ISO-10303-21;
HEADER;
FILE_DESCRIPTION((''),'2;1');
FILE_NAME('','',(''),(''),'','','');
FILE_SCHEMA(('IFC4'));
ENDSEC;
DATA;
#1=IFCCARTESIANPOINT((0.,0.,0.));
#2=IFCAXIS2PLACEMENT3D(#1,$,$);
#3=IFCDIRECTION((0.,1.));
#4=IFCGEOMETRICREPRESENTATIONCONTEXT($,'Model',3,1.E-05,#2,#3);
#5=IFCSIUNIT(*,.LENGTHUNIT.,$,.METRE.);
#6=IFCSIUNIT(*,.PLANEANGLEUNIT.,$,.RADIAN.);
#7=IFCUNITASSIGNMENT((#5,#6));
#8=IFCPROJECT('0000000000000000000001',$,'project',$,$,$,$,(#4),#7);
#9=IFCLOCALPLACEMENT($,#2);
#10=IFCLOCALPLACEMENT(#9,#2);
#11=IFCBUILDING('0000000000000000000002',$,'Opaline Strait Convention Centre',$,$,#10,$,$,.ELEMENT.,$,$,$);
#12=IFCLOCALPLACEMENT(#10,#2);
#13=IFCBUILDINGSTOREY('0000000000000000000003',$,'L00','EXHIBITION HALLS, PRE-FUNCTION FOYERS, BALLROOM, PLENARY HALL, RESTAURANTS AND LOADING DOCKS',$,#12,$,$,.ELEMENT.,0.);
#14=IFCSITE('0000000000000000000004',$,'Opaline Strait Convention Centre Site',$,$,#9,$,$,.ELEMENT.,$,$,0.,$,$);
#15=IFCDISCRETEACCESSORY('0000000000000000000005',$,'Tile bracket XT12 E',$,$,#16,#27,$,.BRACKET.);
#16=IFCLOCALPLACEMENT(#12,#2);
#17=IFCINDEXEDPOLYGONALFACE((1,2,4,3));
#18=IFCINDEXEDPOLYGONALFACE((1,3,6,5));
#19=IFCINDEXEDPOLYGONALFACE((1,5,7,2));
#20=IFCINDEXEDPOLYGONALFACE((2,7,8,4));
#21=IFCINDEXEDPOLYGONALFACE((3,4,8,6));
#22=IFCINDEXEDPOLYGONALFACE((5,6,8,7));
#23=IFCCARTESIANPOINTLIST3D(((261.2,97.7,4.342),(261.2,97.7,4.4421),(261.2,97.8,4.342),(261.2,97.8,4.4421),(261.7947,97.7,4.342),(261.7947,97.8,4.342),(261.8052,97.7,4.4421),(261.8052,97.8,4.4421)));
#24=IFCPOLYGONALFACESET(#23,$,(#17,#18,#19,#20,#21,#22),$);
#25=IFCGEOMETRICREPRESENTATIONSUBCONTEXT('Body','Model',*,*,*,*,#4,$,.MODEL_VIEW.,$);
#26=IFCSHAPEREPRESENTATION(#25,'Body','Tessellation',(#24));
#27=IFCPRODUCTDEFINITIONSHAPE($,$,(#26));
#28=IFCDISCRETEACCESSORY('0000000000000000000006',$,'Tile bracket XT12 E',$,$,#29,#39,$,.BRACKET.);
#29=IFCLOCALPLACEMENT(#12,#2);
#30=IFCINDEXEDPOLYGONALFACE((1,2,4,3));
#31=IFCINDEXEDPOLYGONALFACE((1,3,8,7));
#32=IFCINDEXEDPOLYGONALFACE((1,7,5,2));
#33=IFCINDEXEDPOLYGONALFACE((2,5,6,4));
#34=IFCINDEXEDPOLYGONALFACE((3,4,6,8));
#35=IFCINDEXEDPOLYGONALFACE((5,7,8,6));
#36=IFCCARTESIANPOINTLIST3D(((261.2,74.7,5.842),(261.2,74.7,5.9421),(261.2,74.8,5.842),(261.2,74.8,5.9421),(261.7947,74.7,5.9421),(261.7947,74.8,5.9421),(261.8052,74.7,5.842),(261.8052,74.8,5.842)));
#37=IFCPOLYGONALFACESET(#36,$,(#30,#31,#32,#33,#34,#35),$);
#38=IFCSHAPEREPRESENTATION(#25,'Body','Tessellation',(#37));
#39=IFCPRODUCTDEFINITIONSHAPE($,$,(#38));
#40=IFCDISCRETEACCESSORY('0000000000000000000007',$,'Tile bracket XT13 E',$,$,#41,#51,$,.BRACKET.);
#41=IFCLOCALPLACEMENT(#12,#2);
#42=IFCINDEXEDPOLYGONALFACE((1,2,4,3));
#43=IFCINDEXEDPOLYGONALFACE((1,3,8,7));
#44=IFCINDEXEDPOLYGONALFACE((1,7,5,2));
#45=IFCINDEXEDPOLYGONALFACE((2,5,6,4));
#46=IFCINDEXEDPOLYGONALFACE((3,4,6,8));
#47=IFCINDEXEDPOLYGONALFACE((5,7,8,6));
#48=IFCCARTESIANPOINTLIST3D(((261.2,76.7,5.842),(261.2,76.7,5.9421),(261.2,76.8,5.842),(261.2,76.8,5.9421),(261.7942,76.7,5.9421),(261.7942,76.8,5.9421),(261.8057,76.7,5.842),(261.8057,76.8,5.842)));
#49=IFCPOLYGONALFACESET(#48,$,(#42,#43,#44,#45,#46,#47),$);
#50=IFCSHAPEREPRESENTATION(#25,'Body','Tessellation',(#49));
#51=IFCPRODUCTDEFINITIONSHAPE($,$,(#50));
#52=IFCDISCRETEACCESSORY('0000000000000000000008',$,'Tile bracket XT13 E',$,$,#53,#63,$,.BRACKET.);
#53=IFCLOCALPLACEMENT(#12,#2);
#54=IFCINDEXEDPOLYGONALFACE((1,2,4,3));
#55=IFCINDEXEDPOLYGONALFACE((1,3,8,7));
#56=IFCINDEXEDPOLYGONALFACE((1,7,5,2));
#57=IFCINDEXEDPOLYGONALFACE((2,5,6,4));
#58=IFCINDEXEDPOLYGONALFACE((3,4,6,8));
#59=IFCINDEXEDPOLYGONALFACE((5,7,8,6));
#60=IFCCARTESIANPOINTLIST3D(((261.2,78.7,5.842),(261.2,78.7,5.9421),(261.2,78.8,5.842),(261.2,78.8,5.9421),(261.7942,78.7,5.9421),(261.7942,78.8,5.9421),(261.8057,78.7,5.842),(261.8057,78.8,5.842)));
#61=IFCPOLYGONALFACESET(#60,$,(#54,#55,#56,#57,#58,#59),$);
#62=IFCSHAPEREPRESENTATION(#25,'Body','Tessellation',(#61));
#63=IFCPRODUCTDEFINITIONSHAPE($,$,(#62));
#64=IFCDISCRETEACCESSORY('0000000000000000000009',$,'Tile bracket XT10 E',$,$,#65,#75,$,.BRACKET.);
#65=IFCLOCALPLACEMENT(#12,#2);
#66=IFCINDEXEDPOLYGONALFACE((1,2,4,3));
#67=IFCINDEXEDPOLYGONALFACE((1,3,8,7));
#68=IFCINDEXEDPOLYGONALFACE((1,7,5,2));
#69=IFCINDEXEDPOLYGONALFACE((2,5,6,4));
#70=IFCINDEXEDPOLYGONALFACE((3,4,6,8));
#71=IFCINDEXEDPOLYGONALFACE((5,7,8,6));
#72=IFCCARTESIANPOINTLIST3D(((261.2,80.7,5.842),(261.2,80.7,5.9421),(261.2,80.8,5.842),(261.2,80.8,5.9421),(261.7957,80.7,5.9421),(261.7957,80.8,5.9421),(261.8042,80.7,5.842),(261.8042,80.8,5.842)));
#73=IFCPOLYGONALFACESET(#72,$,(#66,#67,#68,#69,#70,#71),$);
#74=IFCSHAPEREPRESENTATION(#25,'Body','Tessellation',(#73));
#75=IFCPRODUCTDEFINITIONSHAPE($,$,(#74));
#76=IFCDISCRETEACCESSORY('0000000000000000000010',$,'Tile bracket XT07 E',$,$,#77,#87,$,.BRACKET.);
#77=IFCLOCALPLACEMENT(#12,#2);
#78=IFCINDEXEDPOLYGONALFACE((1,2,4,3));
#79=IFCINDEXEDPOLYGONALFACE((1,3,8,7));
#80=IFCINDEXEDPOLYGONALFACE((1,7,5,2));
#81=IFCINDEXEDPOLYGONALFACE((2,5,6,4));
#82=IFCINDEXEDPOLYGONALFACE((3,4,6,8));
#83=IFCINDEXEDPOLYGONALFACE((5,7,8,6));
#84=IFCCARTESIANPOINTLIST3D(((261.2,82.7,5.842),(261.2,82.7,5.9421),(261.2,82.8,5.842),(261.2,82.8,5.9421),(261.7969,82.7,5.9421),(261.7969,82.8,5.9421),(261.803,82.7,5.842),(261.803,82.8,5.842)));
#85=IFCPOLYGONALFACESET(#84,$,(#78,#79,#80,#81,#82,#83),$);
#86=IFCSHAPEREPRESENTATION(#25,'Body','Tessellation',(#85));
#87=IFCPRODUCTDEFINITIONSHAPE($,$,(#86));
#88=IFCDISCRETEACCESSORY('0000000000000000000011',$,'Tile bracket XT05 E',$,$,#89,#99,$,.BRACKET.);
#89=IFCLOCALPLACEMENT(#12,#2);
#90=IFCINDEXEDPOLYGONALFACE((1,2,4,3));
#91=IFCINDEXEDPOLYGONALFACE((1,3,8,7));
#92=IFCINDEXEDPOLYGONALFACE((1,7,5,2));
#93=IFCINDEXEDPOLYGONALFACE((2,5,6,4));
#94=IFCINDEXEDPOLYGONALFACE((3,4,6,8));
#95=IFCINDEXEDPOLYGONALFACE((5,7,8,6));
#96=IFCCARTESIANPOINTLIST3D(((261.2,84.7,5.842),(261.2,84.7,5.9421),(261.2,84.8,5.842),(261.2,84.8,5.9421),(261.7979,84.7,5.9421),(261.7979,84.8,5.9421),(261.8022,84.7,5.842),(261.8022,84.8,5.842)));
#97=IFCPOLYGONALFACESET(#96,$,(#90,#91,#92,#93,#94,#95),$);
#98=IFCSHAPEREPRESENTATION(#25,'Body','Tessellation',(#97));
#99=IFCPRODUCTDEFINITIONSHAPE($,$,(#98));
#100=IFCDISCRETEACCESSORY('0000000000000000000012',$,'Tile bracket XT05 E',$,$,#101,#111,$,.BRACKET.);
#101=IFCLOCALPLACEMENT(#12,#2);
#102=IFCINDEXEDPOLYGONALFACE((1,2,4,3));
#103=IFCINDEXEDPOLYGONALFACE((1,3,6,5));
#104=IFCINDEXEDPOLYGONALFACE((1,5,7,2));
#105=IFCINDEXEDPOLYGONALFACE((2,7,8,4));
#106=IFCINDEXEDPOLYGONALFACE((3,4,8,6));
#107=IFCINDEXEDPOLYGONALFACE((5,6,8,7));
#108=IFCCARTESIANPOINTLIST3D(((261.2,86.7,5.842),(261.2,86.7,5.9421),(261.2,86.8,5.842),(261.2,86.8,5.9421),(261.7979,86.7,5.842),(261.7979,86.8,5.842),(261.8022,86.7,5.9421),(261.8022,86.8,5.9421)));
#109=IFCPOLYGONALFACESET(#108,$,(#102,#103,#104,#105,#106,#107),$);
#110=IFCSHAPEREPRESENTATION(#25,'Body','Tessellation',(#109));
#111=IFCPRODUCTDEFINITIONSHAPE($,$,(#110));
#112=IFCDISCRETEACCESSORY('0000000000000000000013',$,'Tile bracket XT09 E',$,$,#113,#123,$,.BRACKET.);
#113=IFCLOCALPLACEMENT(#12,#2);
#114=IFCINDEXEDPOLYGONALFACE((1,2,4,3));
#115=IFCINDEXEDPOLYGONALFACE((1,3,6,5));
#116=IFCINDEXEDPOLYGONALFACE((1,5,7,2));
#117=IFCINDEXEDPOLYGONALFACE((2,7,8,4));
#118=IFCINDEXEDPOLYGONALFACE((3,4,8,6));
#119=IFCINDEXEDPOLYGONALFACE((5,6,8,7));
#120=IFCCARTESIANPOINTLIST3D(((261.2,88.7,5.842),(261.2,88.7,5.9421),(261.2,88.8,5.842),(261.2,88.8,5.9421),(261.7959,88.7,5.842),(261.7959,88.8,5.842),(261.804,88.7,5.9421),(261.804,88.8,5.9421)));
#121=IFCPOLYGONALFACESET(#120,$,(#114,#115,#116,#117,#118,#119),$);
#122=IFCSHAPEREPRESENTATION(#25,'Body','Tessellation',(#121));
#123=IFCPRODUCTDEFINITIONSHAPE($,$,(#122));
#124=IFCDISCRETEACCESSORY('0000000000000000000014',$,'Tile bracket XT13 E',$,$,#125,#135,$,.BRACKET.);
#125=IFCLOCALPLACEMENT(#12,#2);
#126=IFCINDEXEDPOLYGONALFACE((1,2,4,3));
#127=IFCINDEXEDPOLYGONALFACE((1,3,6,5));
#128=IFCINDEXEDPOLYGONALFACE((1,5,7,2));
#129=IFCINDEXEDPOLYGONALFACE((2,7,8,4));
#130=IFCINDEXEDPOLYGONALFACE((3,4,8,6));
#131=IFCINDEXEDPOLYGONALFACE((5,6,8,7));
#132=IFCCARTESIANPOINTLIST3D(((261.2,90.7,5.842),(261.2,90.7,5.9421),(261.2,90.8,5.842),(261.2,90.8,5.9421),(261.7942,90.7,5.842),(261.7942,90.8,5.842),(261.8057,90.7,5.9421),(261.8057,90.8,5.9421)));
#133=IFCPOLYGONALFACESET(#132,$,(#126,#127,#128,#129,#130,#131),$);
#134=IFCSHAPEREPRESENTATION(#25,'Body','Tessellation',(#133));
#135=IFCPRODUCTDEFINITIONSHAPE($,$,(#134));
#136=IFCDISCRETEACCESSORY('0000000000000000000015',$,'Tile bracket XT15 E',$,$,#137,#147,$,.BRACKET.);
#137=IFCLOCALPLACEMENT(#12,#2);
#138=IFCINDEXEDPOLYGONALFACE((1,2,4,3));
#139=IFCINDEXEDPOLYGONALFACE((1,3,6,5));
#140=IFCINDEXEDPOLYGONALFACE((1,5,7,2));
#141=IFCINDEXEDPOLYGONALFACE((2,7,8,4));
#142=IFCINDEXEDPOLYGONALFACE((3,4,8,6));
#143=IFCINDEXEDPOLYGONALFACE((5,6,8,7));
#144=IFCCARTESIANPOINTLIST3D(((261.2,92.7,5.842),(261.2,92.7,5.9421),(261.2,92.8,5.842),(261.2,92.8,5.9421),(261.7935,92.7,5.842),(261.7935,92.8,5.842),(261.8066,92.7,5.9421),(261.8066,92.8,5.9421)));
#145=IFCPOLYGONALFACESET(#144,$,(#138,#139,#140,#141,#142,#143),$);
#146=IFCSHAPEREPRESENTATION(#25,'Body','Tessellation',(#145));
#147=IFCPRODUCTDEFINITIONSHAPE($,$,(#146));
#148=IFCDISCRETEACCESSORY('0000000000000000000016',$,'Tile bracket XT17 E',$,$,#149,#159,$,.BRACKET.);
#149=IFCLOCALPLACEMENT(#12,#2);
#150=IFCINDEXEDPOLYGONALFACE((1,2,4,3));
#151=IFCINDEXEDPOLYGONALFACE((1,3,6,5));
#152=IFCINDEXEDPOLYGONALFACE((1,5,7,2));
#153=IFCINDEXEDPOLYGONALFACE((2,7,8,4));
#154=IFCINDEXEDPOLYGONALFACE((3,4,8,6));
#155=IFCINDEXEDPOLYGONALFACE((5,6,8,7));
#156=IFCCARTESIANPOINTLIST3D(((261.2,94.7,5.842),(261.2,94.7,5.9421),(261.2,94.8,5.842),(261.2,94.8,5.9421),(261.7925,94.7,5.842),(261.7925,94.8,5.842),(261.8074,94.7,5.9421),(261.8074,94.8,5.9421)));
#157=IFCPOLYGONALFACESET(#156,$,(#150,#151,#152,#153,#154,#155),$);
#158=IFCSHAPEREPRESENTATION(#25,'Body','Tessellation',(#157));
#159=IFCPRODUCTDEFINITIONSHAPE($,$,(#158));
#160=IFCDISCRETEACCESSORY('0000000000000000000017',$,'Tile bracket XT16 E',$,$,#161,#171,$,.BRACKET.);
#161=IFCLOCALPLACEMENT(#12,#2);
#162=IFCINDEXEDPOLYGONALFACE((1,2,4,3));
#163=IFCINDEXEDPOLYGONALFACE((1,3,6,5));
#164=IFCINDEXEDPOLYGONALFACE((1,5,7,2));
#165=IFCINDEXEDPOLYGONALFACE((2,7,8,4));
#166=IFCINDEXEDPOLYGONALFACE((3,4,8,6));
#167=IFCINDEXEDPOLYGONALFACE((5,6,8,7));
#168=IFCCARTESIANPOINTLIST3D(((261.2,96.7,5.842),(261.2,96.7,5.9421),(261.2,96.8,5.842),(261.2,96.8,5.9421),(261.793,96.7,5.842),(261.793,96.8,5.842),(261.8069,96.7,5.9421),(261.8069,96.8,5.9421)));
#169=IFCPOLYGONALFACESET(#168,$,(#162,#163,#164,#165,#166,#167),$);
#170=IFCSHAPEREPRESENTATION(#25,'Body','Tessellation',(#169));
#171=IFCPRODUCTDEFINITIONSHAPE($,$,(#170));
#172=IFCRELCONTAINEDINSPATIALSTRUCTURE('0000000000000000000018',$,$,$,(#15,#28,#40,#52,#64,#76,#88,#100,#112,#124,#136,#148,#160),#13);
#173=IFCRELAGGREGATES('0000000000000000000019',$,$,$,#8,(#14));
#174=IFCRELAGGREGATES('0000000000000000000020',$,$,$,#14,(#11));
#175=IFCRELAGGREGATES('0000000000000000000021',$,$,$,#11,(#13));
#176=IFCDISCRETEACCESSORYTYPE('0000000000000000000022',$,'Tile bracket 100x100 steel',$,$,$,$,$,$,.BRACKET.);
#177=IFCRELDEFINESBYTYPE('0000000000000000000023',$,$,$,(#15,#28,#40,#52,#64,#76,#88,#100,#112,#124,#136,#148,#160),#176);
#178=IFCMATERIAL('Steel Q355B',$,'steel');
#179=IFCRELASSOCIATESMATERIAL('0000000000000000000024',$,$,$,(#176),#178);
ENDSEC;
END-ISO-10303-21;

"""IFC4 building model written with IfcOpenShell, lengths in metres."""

from ifc_helpers import new_model, si_unit, direction, frame, origin, place, context, subcontext, project, spatial, polyline, outline, extrude, material, type_object, element, save


model = new_model("IFC4")

# Units and contexts
model_context = context("Model", 3, precision=1e-05, world=origin(), true_north=direction((0.0, 1.0)))
body_context = subcontext(model_context, "Body", "Model", "MODEL_VIEW")
ifc_project = project(units=[si_unit("LENGTHUNIT", "METRE"), si_unit("PLANEANGLEUNIT", "RADIAN")], contexts=[model_context])

# Site, building, storey
site_placement = place(None, origin())
site = spatial("IfcSite", under=ifc_project, at=site_placement, Name="Opaline Strait Convention Centre Site", CompositionType="ELEMENT", RefElevation=0.0)
building_placement = place(site_placement, origin())
building = spatial("IfcBuilding", under=site, at=building_placement, Name="Opaline Strait Convention Centre", CompositionType="ELEMENT")
storey_placement = place(building_placement, origin())
storey = spatial("IfcBuildingStorey", under=building, at=storey_placement, Name="L00", Description="EXHIBITION HALLS, PRE-FUNCTION FOYERS, BALLROOM, PLENARY HALL, RESTAURANTS AND LOADING DOCKS", CompositionType="ELEMENT", Elevation=0.0)

# Discrete accessories
ifc_material_1 = material(Name="Steel Q355B", Category="steel")
discrete_accessory_type = type_object("IfcDiscreteAccessoryType", Name="Tile bracket 100x100 steel", PredefinedType="BRACKET", material=ifc_material_1)
discrete_accessory_1_placement = place(storey_placement, frame((261.2, 97.7, 4.3921), z_axis=(0.0, 1.0, 0.0), x_axis=(-1.0, 0.0, 0.0)))
element("IfcDiscreteAccessory", 1, at=discrete_accessory_1_placement, inside=storey, type_object=discrete_accessory_type, Name="Tile bracket XT12 E", PredefinedType="BRACKET", context=body_context, shape_type="SweptSolid", body=[
    extrude(outline(polyline([(0.0, -0.05), (0.0, 0.05), (-0.6052, 0.05), (-0.5947, -0.05), (0.0, -0.05)])), origin(), (0.0, 0.0, 1.0), 0.1001),
])
discrete_accessory_2_placement = place(storey_placement, frame((261.2, 74.7, 5.8921), z_axis=(0.0, 1.0, 0.0), x_axis=(-1.0, 0.0, 0.0)))
element("IfcDiscreteAccessory", 2, at=discrete_accessory_2_placement, inside=storey, type_object=discrete_accessory_type, Name="Tile bracket XT12 E", PredefinedType="BRACKET", context=body_context, shape_type="SweptSolid", body=[
    extrude(outline(polyline([(0.0, -0.05), (0.0, 0.05), (-0.5947, 0.05), (-0.6052, -0.05), (0.0, -0.05)])), origin(), (0.0, 0.0, 1.0), 0.1001),
])
for number, where, z_axis, x_axis, name in (
    (3, (261.2, 76.7, 5.8921), (0.0, 1.0, 0.0), (-1.0, 0.0, 0.0), "Tile bracket XT13 E"),
    (4, (261.2, 78.7, 5.8921), (0.0, 1.0, 0.0), (-1.0, 0.0, 0.0), "Tile bracket XT13 E"),
):
    element("IfcDiscreteAccessory", number, at=place(storey_placement, frame(where, z_axis=z_axis, x_axis=x_axis)), inside=storey, type_object=discrete_accessory_type, Name=name, PredefinedType="BRACKET", context=body_context, shape_type="SweptSolid", body=[
        extrude(outline(polyline([(0.0, -0.05), (0.0, 0.05), (-0.5942, 0.05), (-0.6057, -0.05), (0.0, -0.05)])), origin(), (0.0, 0.0, 1.0), 0.1001),
    ])
discrete_accessory_3_placement = place(storey_placement, frame((261.2, 80.7, 5.8921), z_axis=(0.0, 1.0, 0.0), x_axis=(-1.0, 0.0, 0.0)))
element("IfcDiscreteAccessory", 5, at=discrete_accessory_3_placement, inside=storey, type_object=discrete_accessory_type, Name="Tile bracket XT10 E", PredefinedType="BRACKET", context=body_context, shape_type="SweptSolid", body=[
    extrude(outline(polyline([(0.0, -0.05), (0.0, 0.05), (-0.5957, 0.05), (-0.6042, -0.05), (0.0, -0.05)])), origin(), (0.0, 0.0, 1.0), 0.1001),
])
discrete_accessory_4_placement = place(storey_placement, frame((261.2, 82.7, 5.8921), z_axis=(0.0, 1.0, 0.0), x_axis=(-1.0, 0.0, 0.0)))
element("IfcDiscreteAccessory", 6, at=discrete_accessory_4_placement, inside=storey, type_object=discrete_accessory_type, Name="Tile bracket XT07 E", PredefinedType="BRACKET", context=body_context, shape_type="SweptSolid", body=[
    extrude(outline(polyline([(0.0, -0.05), (0.0, 0.05), (-0.5969, 0.05), (-0.603, -0.05), (0.0, -0.05)])), origin(), (0.0, 0.0, 1.0), 0.1001),
])
discrete_accessory_5_placement = place(storey_placement, frame((261.2, 84.7, 5.8921), z_axis=(0.0, 1.0, 0.0), x_axis=(-1.0, 0.0, 0.0)))
element("IfcDiscreteAccessory", 7, at=discrete_accessory_5_placement, inside=storey, type_object=discrete_accessory_type, Name="Tile bracket XT05 E", PredefinedType="BRACKET", context=body_context, shape_type="SweptSolid", body=[
    extrude(outline(polyline([(0.0, -0.05), (0.0, 0.05), (-0.5979, 0.05), (-0.6023, -0.05), (0.0, -0.05)])), origin(), (0.0, 0.0, 1.0), 0.1001),
])
discrete_accessory_6_placement = place(storey_placement, frame((261.2, 86.7, 5.8921), z_axis=(0.0, 1.0, 0.0), x_axis=(-1.0, 0.0, 0.0)))
element("IfcDiscreteAccessory", 8, at=discrete_accessory_6_placement, inside=storey, type_object=discrete_accessory_type, Name="Tile bracket XT05 E", PredefinedType="BRACKET", context=body_context, shape_type="SweptSolid", body=[
    extrude(outline(polyline([(0.0, -0.05), (0.0, 0.05), (-0.6023, 0.05), (-0.5979, -0.05), (0.0, -0.05)])), origin(), (0.0, 0.0, 1.0), 0.1001),
])
discrete_accessory_7_placement = place(storey_placement, frame((261.2, 88.7, 5.8921), z_axis=(0.0, 1.0, 0.0), x_axis=(-1.0, 0.0, 0.0)))
element("IfcDiscreteAccessory", 9, at=discrete_accessory_7_placement, inside=storey, type_object=discrete_accessory_type, Name="Tile bracket XT09 E", PredefinedType="BRACKET", context=body_context, shape_type="SweptSolid", body=[
    extrude(outline(polyline([(0.0, -0.05), (0.0, 0.05), (-0.604, 0.05), (-0.5959, -0.05), (0.0, -0.05)])), origin(), (0.0, 0.0, 1.0), 0.1001),
])
discrete_accessory_8_placement = place(storey_placement, frame((261.2, 90.7, 5.8921), z_axis=(0.0, 1.0, 0.0), x_axis=(-1.0, 0.0, 0.0)))
element("IfcDiscreteAccessory", 10, at=discrete_accessory_8_placement, inside=storey, type_object=discrete_accessory_type, Name="Tile bracket XT13 E", PredefinedType="BRACKET", context=body_context, shape_type="SweptSolid", body=[
    extrude(outline(polyline([(0.0, -0.05), (0.0, 0.05), (-0.6057, 0.05), (-0.5942, -0.05), (0.0, -0.05)])), origin(), (0.0, 0.0, 1.0), 0.1001),
])
discrete_accessory_9_placement = place(storey_placement, frame((261.2, 92.7, 5.8921), z_axis=(0.0, 1.0, 0.0), x_axis=(-1.0, 0.0, 0.0)))
element("IfcDiscreteAccessory", 11, at=discrete_accessory_9_placement, inside=storey, type_object=discrete_accessory_type, Name="Tile bracket XT15 E", PredefinedType="BRACKET", context=body_context, shape_type="SweptSolid", body=[
    extrude(outline(polyline([(0.0, -0.05), (0.0, 0.05), (-0.6067, 0.05), (-0.5935, -0.05), (0.0, -0.05)])), origin(), (0.0, 0.0, 1.0), 0.1001),
])
discrete_accessory_10_placement = place(storey_placement, frame((261.2, 94.7, 5.8921), z_axis=(0.0, 1.0, 0.0), x_axis=(-1.0, 0.0, 0.0)))
element("IfcDiscreteAccessory", 12, at=discrete_accessory_10_placement, inside=storey, type_object=discrete_accessory_type, Name="Tile bracket XT17 E", PredefinedType="BRACKET", context=body_context, shape_type="SweptSolid", body=[
    extrude(outline(polyline([(0.0, -0.05), (0.0, 0.05), (-0.6074, 0.05), (-0.5925, -0.05), (0.0, -0.05)])), origin(), (0.0, 0.0, 1.0), 0.1001),
])
discrete_accessory_11_placement = place(storey_placement, frame((261.2, 96.7, 5.8921), z_axis=(0.0, 1.0, 0.0), x_axis=(-1.0, 0.0, 0.0)))
element("IfcDiscreteAccessory", 13, at=discrete_accessory_11_placement, inside=storey, type_object=discrete_accessory_type, Name="Tile bracket XT16 E", PredefinedType="BRACKET", context=body_context, shape_type="SweptSolid", body=[
    extrude(outline(polyline([(0.0, -0.05), (0.0, 0.05), (-0.6069, 0.05), (-0.593, -0.05), (0.0, -0.05)])), origin(), (0.0, 0.0, 1.0), 0.1001),
])

save(model, "model.ifc")
